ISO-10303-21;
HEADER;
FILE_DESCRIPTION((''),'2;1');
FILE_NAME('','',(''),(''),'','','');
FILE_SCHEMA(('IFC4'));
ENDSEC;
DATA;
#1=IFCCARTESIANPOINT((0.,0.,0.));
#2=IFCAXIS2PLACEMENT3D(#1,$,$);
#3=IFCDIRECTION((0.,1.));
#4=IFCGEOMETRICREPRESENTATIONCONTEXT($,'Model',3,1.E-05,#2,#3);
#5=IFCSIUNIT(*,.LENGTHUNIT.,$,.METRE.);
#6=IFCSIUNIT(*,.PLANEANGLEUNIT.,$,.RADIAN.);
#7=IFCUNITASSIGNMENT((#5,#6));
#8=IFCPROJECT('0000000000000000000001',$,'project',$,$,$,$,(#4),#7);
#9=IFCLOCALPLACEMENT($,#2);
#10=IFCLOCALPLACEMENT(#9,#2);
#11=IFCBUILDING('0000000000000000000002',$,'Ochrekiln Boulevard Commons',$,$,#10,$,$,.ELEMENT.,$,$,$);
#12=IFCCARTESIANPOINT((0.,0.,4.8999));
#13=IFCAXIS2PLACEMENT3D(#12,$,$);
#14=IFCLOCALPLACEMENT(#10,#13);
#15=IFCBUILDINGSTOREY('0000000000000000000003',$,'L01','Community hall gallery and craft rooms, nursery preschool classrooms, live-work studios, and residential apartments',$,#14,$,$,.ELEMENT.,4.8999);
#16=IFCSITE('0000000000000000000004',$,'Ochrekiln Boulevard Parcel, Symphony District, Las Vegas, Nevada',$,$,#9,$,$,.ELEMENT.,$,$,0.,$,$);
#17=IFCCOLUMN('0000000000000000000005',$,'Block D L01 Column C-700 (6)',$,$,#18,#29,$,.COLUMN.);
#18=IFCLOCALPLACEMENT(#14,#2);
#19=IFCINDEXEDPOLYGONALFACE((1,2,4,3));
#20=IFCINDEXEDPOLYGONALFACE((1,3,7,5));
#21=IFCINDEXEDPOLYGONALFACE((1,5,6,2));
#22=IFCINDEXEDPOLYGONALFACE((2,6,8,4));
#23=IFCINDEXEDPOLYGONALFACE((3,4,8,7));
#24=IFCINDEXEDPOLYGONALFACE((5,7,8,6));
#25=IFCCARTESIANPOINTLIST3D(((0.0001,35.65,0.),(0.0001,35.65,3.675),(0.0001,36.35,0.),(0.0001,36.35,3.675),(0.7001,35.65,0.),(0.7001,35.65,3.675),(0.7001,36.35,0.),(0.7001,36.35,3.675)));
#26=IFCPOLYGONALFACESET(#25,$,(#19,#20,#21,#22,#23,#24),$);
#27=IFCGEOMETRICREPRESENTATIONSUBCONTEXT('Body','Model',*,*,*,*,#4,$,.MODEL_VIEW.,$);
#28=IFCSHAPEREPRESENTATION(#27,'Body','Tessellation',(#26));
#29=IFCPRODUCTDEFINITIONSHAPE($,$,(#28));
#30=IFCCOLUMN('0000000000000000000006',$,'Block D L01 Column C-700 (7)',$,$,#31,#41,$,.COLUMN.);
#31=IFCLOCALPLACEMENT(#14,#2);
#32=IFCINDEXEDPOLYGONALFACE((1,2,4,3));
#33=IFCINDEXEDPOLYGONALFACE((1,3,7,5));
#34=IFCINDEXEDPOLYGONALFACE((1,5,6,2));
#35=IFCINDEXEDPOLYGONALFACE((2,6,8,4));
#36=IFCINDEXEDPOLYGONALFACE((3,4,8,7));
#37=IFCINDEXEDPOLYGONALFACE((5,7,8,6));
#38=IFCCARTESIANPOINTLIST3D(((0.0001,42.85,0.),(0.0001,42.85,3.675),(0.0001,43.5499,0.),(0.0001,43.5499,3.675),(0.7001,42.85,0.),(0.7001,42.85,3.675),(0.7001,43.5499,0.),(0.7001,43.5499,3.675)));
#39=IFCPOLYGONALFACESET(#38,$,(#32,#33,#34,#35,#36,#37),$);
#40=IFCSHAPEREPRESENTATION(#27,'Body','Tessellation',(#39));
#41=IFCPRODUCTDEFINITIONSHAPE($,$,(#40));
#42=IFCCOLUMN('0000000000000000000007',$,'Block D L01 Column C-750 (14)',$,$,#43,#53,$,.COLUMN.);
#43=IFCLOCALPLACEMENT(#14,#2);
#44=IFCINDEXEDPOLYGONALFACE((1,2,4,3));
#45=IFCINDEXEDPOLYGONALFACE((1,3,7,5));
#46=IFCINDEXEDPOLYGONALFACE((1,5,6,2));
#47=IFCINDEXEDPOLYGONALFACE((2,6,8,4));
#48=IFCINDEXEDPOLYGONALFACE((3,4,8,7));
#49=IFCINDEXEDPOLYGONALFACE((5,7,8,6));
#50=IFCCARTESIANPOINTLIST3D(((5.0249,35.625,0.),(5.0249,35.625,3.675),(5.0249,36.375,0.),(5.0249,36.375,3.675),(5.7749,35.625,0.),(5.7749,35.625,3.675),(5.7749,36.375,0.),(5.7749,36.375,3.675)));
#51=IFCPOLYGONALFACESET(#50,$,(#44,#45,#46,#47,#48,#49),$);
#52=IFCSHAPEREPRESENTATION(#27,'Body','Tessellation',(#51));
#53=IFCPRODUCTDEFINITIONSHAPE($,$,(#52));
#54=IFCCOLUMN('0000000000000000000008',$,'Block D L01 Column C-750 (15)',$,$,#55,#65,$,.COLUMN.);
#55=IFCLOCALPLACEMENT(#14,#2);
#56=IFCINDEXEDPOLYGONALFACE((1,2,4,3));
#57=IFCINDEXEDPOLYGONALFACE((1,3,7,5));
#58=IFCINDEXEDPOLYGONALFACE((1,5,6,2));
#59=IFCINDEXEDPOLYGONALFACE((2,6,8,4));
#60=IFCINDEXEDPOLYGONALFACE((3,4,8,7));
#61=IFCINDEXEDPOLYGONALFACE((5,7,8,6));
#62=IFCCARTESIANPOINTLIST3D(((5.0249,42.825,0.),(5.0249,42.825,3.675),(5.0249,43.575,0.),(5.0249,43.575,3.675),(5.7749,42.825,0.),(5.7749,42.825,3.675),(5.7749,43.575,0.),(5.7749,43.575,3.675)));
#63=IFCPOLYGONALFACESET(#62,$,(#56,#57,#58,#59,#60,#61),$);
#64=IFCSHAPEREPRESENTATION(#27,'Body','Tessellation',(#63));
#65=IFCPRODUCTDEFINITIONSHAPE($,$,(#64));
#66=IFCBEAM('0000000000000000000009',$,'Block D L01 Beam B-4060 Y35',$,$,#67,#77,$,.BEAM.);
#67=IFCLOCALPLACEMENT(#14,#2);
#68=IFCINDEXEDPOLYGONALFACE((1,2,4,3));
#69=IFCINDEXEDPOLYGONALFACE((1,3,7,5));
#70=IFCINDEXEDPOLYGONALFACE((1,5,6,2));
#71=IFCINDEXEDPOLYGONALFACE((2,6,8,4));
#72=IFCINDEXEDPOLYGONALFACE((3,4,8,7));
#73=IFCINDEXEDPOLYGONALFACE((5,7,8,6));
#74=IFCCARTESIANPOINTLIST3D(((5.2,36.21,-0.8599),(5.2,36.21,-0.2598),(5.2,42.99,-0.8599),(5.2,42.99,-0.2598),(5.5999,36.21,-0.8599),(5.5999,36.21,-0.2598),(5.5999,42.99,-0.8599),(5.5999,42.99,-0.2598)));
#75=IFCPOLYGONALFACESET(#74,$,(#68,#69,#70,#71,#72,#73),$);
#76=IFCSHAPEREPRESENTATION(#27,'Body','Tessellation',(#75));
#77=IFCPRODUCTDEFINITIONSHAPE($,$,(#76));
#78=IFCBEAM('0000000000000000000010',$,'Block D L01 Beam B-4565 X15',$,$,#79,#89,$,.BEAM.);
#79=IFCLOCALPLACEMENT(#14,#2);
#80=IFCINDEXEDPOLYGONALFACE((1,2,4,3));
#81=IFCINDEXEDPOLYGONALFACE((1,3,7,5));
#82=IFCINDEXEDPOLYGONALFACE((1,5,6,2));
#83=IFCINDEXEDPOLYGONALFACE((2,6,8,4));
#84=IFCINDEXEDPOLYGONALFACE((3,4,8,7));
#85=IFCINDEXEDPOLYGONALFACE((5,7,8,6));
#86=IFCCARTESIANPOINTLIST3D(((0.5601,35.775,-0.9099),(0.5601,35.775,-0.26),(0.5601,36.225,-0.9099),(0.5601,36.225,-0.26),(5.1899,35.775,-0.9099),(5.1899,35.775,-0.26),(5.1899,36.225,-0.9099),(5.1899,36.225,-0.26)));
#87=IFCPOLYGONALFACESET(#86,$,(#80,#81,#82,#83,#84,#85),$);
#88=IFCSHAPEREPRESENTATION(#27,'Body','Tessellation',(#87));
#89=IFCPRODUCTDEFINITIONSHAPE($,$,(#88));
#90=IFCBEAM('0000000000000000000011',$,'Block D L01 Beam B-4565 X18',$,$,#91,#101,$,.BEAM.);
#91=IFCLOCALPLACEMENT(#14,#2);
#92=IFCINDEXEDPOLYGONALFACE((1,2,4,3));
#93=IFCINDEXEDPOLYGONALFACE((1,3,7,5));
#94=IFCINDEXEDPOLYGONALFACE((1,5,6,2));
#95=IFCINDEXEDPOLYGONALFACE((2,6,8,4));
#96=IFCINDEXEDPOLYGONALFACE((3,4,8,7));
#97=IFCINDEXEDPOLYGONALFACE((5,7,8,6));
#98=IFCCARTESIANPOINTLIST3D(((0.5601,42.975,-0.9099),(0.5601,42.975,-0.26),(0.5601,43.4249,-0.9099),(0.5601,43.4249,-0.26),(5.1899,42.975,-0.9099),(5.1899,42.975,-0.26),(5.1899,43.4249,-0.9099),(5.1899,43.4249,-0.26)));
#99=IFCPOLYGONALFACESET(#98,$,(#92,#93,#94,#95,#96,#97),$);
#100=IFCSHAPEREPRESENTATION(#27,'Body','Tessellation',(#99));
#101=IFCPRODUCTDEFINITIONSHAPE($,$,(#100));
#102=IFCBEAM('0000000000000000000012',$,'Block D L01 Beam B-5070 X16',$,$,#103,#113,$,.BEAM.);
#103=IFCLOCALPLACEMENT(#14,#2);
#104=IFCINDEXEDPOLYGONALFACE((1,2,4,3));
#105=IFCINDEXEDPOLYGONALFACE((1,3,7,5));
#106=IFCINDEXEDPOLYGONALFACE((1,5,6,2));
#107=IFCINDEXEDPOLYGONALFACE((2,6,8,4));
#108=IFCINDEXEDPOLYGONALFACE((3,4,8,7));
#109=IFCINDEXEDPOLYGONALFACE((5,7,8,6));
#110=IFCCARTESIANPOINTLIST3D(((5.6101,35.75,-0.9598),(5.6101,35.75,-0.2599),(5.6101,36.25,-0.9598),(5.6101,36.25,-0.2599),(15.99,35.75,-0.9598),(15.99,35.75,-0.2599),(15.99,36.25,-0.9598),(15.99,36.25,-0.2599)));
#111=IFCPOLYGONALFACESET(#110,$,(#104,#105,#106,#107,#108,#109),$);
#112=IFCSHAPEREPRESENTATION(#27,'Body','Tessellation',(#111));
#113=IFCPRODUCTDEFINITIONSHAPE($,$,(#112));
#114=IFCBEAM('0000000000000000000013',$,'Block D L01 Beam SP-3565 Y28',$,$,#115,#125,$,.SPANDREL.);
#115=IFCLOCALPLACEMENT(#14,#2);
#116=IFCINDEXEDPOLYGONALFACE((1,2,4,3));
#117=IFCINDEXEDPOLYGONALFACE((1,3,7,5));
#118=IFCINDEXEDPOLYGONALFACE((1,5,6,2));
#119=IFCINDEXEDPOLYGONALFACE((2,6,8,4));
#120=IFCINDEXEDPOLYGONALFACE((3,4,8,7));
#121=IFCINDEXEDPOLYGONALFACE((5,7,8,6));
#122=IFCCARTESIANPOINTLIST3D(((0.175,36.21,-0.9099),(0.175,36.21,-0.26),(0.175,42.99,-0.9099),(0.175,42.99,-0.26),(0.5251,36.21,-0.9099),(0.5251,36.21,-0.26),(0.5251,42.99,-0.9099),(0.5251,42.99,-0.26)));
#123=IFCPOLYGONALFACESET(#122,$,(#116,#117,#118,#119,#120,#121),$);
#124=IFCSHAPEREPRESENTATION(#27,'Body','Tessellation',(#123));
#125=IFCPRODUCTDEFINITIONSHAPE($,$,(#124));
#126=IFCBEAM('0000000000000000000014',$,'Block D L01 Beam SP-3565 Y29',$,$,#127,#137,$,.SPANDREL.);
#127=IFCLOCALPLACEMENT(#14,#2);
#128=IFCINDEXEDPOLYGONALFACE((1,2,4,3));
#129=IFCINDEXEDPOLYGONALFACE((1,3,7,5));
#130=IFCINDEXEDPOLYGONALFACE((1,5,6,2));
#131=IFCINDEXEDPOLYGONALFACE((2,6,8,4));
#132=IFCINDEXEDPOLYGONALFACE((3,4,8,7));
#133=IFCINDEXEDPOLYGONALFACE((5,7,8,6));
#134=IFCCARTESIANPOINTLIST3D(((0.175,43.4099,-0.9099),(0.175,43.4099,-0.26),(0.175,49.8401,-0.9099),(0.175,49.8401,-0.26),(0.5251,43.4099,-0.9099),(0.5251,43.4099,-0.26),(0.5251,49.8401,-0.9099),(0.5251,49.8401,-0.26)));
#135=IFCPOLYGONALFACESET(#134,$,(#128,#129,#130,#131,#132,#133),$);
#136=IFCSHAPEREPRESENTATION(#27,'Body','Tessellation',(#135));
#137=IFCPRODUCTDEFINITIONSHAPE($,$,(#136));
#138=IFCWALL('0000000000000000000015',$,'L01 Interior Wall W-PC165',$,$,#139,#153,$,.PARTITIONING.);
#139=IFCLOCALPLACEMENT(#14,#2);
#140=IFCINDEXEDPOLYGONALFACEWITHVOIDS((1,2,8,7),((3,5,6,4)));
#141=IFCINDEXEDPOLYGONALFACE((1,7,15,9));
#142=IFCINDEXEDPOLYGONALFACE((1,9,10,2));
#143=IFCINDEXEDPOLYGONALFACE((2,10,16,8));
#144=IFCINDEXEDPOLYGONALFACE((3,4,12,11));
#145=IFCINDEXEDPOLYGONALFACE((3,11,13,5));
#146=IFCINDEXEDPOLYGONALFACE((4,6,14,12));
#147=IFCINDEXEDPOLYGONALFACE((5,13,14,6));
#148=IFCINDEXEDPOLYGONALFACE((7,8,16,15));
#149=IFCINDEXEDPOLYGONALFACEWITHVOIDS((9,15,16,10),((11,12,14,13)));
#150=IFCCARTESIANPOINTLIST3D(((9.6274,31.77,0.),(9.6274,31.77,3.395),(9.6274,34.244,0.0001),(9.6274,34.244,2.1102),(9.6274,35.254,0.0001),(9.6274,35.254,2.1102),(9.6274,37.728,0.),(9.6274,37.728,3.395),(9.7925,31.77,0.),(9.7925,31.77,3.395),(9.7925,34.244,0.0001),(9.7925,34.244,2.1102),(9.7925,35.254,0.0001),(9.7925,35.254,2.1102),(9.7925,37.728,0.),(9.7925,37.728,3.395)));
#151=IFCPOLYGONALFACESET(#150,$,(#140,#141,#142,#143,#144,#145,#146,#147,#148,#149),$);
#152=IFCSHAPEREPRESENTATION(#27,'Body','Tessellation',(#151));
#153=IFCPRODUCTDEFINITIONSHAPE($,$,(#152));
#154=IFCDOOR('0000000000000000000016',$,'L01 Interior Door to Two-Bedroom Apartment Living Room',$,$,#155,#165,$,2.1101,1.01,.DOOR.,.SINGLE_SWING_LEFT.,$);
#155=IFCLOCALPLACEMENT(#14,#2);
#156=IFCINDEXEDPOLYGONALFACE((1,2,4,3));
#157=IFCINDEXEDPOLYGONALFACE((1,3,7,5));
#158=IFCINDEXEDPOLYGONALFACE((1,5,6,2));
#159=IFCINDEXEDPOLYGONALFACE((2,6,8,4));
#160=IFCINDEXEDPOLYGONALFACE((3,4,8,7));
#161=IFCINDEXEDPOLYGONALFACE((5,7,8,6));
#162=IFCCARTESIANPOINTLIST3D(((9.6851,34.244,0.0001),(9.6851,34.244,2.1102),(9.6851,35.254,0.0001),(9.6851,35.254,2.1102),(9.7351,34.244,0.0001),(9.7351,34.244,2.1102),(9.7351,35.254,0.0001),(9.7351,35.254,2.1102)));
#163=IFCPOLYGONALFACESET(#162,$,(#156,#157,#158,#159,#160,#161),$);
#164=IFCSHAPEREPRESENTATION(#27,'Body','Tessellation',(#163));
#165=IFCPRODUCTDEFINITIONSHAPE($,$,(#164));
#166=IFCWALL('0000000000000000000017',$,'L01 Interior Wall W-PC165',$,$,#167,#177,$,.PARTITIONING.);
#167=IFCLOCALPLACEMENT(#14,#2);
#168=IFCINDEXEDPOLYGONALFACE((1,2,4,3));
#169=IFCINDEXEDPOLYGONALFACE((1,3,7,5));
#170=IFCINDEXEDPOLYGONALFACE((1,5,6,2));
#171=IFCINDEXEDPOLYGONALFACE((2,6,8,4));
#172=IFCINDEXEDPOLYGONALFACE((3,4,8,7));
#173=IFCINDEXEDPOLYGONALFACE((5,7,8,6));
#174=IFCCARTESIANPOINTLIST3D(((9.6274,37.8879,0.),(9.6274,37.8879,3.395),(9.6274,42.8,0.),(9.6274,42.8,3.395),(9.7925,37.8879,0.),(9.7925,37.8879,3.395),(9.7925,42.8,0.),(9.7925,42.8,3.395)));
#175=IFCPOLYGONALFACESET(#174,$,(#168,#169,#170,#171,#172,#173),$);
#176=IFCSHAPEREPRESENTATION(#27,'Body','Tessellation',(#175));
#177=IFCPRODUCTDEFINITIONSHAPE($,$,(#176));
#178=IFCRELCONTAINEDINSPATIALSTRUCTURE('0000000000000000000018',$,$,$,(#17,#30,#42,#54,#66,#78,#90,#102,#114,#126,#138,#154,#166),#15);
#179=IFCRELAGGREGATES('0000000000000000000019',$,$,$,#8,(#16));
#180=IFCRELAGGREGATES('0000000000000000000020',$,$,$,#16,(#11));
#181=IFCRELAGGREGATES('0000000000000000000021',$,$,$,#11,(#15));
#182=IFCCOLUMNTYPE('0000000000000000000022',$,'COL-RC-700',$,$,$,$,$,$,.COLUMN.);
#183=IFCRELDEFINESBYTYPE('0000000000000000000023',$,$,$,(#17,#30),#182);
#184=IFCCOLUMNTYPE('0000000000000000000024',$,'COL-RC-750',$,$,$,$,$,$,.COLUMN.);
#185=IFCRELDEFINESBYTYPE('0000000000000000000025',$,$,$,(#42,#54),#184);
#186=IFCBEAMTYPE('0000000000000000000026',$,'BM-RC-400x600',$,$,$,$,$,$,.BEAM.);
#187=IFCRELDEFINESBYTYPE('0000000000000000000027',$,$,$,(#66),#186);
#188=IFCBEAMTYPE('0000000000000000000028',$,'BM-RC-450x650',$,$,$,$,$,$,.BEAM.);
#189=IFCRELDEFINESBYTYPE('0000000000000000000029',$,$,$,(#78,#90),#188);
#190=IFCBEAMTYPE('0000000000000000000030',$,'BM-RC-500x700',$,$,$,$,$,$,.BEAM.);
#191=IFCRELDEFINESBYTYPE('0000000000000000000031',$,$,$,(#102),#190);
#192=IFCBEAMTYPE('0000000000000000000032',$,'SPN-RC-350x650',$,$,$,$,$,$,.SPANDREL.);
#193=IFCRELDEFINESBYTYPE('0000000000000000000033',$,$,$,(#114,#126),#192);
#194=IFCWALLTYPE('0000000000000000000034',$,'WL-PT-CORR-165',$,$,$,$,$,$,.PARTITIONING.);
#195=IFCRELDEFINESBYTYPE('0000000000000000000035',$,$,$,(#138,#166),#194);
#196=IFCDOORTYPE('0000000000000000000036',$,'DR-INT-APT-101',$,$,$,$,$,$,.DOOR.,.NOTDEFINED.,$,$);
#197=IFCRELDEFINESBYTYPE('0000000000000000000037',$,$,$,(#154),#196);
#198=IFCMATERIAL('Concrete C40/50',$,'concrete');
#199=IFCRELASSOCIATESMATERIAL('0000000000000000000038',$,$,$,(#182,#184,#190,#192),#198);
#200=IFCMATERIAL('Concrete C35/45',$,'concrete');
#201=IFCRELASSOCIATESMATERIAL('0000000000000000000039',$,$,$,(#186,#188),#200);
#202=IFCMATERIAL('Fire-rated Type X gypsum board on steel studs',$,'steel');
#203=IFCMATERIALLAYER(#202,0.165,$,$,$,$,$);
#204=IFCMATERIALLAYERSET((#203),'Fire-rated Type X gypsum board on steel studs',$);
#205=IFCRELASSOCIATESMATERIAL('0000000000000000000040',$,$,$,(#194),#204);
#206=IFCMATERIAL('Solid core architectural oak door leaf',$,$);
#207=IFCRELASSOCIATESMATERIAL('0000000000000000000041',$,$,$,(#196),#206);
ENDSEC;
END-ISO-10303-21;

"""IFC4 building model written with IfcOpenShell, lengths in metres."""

from ifc_helpers import new_model, si_unit, direction, frame, frame_2d, origin, origin_2d, place, context, subcontext, project, spatial, rectangle, extrude, material, layer, layer_set, material_profile, profile_set, type_object, element, fill, save


model = new_model("IFC4")

# Units and contexts
model_context = context("Model", 3, precision=1e-05, world=origin(), true_north=direction((0.0, 1.0)))
body_context = subcontext(model_context, "Body", "Model", "MODEL_VIEW")
ifc_project = project(units=[si_unit("LENGTHUNIT", "METRE"), si_unit("PLANEANGLEUNIT", "RADIAN")], contexts=[model_context])

# Site, building, storey
site_placement = place(None, origin())
site = spatial("IfcSite", under=ifc_project, at=site_placement, Name="Ochrekiln Boulevard Parcel, Symphony District, Las Vegas, Nevada", CompositionType="ELEMENT", RefElevation=0.0)
building_placement = place(site_placement, origin())
building = spatial("IfcBuilding", under=site, at=building_placement, Name="Ochrekiln Boulevard Commons", CompositionType="ELEMENT")
storey_placement = place(building_placement, frame((0.0, 0.0, 4.8999)))
storey = spatial("IfcBuildingStorey", under=building, at=storey_placement, Name="L01", Description="Community hall gallery and craft rooms, nursery preschool classrooms, live-work studios, and residential apartments", CompositionType="ELEMENT", Elevation=4.8999)

# Columns
ifc_material_1 = material(Name="Concrete C40/50", Category="concrete")
ifc_material_profile_1 = material_profile(ifc_material_1, rectangle(XDim=0.7, YDim=0.7, at=origin_2d()), Name="RC-COL-700x700")
ifc_profile_set_1 = profile_set([ifc_material_profile_1], Name="Concrete C40/50")
column_type_1 = type_object("IfcColumnType", Name="COL-RC-700", PredefinedType="COLUMN", material=ifc_profile_set_1)
for number, where, z_axis, x_axis, name in (
    (1, (0.3501, 36.0, 0.0), (0.0, 0.0, 1.0), (1.0, 0.0, 0.0), "Block D L01 Column C-700 (6)"),
    (2, (0.3501, 43.2, 0.0), (0.0, 0.0, 1.0), (1.0, 0.0, 0.0), "Block D L01 Column C-700 (7)"),
):
    element("IfcColumn", number, at=place(storey_placement, frame(where, z_axis=z_axis, x_axis=x_axis)), inside=storey, type_object=column_type_1, Name=name, PredefinedType="COLUMN", context=body_context, shape_type="SweptSolid", body=[
        extrude(rectangle(XDim=0.7, YDim=0.7, at=origin_2d()), origin(), (0.0, 0.0, 1.0), 3.675),
    ])
ifc_material_profile_2 = material_profile(ifc_material_1, rectangle(XDim=0.75, YDim=0.75, at=origin_2d()), Name="RC-COL-750x750")
ifc_profile_set_2 = profile_set([ifc_material_profile_2], Name="Concrete C40/50")
column_type_2 = type_object("IfcColumnType", Name="COL-RC-750", PredefinedType="COLUMN", material=ifc_profile_set_2)
for number, where, z_axis, x_axis, name in (
    (3, (5.3999, 36.0, 0.0), (0.0, 0.0, 1.0), (1.0, 0.0, 0.0), "Block D L01 Column C-750 (14)"),
    (4, (5.3999, 43.2, 0.0), (0.0, 0.0, 1.0), (1.0, 0.0, 0.0), "Block D L01 Column C-750 (15)"),
):
    element("IfcColumn", number, at=place(storey_placement, frame(where, z_axis=z_axis, x_axis=x_axis)), inside=storey, type_object=column_type_2, Name=name, PredefinedType="COLUMN", context=body_context, shape_type="SweptSolid", body=[
        extrude(rectangle(XDim=0.75, YDim=0.75, at=origin_2d()), origin(), (0.0, 0.0, 1.0), 3.675),
    ])

# Beams
ifc_material_2 = material(Name="Concrete C35/45", Category="concrete")
ifc_material_profile_3 = material_profile(ifc_material_2, rectangle(XDim=0.3999, YDim=0.6001, at=origin_2d()), Name="RC-BM-400x600")
ifc_profile_set_3 = profile_set([ifc_material_profile_3], Name="Concrete C35/45")
beam_type_1 = type_object("IfcBeamType", Name="BM-RC-400x600", PredefinedType="BEAM", material=ifc_profile_set_3)
beam_1_placement = place(storey_placement, frame((5.3999, 36.21, -0.5598), z_axis=(0.0, 1.0, 0.0), x_axis=(-1.0, 0.0, 0.0)))
element("IfcBeam", 5, at=beam_1_placement, inside=storey, type_object=beam_type_1, Name="Block D L01 Beam B-4060 Y35", PredefinedType="BEAM", context=body_context, shape_type="SweptSolid", body=[
    extrude(rectangle(XDim=0.3999, YDim=0.6001, at=origin_2d()), origin(), (0.0, 0.0, 1.0), 6.78),
])
ifc_material_profile_4 = material_profile(ifc_material_2, rectangle(XDim=0.45, YDim=0.6499, at=origin_2d()), Name="RC-BM-450x650")
ifc_profile_set_4 = profile_set([ifc_material_profile_4], Name="Concrete C35/45")
beam_type_2 = type_object("IfcBeamType", Name="BM-RC-450x650", PredefinedType="BEAM", material=ifc_profile_set_4)
for number, where, z_axis, x_axis, name in (
    (6, (0.5601, 36.0, -0.585), (1.0, 0.0, 0.0), (0.0, 1.0, 0.0), "Block D L01 Beam B-4565 X15"),
    (7, (0.5601, 43.2, -0.585), (1.0, 0.0, 0.0), (0.0, 1.0, 0.0), "Block D L01 Beam B-4565 X18"),
):
    element("IfcBeam", number, at=place(storey_placement, frame(where, z_axis=z_axis, x_axis=x_axis)), inside=storey, type_object=beam_type_2, Name=name, PredefinedType="BEAM", context=body_context, shape_type="SweptSolid", body=[
        extrude(rectangle(XDim=0.45, YDim=0.6499, at=origin_2d()), origin(), (0.0, 0.0, 1.0), 4.6299),
    ])
ifc_material_profile_5 = material_profile(ifc_material_1, rectangle(XDim=0.5, YDim=0.7, at=origin_2d()), Name="RC-BM-500x700")
ifc_profile_set_5 = profile_set([ifc_material_profile_5], Name="Concrete C40/50")
beam_type_3 = type_object("IfcBeamType", Name="BM-RC-500x700", PredefinedType="BEAM", material=ifc_profile_set_5)
beam_2_placement = place(storey_placement, frame((5.6101, 36.0, -0.6099), z_axis=(1.0, 0.0, 0.0), x_axis=(0.0, 1.0, 0.0)))
element("IfcBeam", 8, at=beam_2_placement, inside=storey, type_object=beam_type_3, Name="Block D L01 Beam B-5070 X16", PredefinedType="BEAM", context=body_context, shape_type="SweptSolid", body=[
    extrude(rectangle(XDim=0.5, YDim=0.7, at=origin_2d()), origin(), (0.0, 0.0, 1.0), 10.3799),
])
ifc_material_profile_6 = material_profile(ifc_material_1, rectangle(XDim=0.3501, YDim=0.6499, at=origin_2d()), Name="RC-SPN-350x650")
ifc_profile_set_6 = profile_set([ifc_material_profile_6], Name="Concrete C40/50")
beam_type_4 = type_object("IfcBeamType", Name="SPN-RC-350x650", PredefinedType="SPANDREL", material=ifc_profile_set_6)
beam_3_placement = place(storey_placement, frame((0.3501, 36.21, -0.585), z_axis=(0.0, 1.0, 0.0), x_axis=(-1.0, 0.0, 0.0)))
element("IfcBeam", 9, at=beam_3_placement, inside=storey, type_object=beam_type_4, Name="Block D L01 Beam SP-3565 Y28", PredefinedType="SPANDREL", context=body_context, shape_type="SweptSolid", body=[
    extrude(rectangle(XDim=0.3501, YDim=0.6499, at=origin_2d()), origin(), (0.0, 0.0, 1.0), 6.78),
])
beam_4_placement = place(storey_placement, frame((0.3501, 43.4099, -0.585), z_axis=(0.0, 1.0, 0.0), x_axis=(-1.0, 0.0, 0.0)))
element("IfcBeam", 10, at=beam_4_placement, inside=storey, type_object=beam_type_4, Name="Block D L01 Beam SP-3565 Y29", PredefinedType="SPANDREL", context=body_context, shape_type="SweptSolid", body=[
    extrude(rectangle(XDim=0.3501, YDim=0.6499, at=origin_2d()), origin(), (0.0, 0.0, 1.0), 6.4302),
])

# Wall, opening, door
ifc_material_3 = material(Name="Fire-rated Type X gypsum board on steel studs", Category="steel")
ifc_layer_1 = layer(ifc_material_3, 0.165)
ifc_layer_set_1 = layer_set([ifc_layer_1], Name="Fire-rated Type X gypsum board on steel studs")
wall_type_1 = type_object("IfcWallType", Name="WL-PT-CORR-165", PredefinedType="PARTITIONING", material=ifc_layer_set_1)
wall_1_placement = place(storey_placement, frame((9.71, 31.77, 0.0), z_axis=(0.0, 0.0, 1.0), x_axis=(0.0, 1.0, 0.0)))
wall_1 = element("IfcWall", 11, at=wall_1_placement, inside=storey, type_object=wall_type_1, Name="L01 Interior Wall W-PC165", PredefinedType="PARTITIONING", context=body_context, shape_type="SweptSolid", body=[
    extrude(rectangle(XDim=5.958, YDim=0.165, at=frame_2d((2.979, 0.0))), origin(), (0.0, 0.0, 1.0), 3.395),
])
opening_1_placement = place(wall_1_placement, frame((2.4741, 0.0, 0.0)))
opening_1 = element("IfcOpeningElement", 12, at=opening_1_placement, cuts=wall_1, PredefinedType="OPENING", context=body_context, shape_type="SweptSolid", body=[
    extrude(rectangle(XDim=1.01, YDim=2.1101, at=frame_2d((0.5049, 1.0552))), frame((0.0, 0.0925, 0.0), z_axis=(0.0, -1.0, 0.0), x_axis=(1.0, 0.0, 0.0)), (0.0, 0.0, 1.0), 0.1851),
])
ifc_material_4 = material(Name="Solid core architectural oak door leaf")
door_type_1 = type_object("IfcDoorType", Name="DR-INT-APT-101", OperationType="NOTDEFINED", PredefinedType="DOOR", material=ifc_material_4)
door_1_placement = place(opening_1_placement, origin())
door_1 = element("IfcDoor", 13, at=door_1_placement, inside=storey, type_object=door_type_1, Name="L01 Interior Door to Two-Bedroom Apartment Living Room", OperationType="SINGLE_SWING_LEFT", OverallHeight=2.1101, OverallWidth=1.01, PredefinedType="DOOR", context=body_context, shape_type="SweptSolid", body=[
    extrude(rectangle(XDim=1.01, YDim=2.1101, at=frame_2d((0.5049, 1.0552))), frame((0.0, 0.0249, 0.0), z_axis=(0.0, -1.0, 0.0), x_axis=(1.0, 0.0, 0.0)), (0.0, 0.0, 1.0), 0.05),
])
fill(opening_1, door_1)

# Wall
wall_2_placement = place(storey_placement, frame((9.71, 37.8879, 0.0), z_axis=(0.0, 0.0, 1.0), x_axis=(0.0, 1.0, 0.0)))
element("IfcWall", 14, at=wall_2_placement, inside=storey, type_object=wall_type_1, Name="L01 Interior Wall W-PC165", PredefinedType="PARTITIONING", context=body_context, shape_type="SweptSolid", body=[
    extrude(rectangle(XDim=4.9121, YDim=0.165, at=frame_2d((2.4561, 0.0))), origin(), (0.0, 0.0, 1.0), 3.395),
])

save(model, "model.ifc")
